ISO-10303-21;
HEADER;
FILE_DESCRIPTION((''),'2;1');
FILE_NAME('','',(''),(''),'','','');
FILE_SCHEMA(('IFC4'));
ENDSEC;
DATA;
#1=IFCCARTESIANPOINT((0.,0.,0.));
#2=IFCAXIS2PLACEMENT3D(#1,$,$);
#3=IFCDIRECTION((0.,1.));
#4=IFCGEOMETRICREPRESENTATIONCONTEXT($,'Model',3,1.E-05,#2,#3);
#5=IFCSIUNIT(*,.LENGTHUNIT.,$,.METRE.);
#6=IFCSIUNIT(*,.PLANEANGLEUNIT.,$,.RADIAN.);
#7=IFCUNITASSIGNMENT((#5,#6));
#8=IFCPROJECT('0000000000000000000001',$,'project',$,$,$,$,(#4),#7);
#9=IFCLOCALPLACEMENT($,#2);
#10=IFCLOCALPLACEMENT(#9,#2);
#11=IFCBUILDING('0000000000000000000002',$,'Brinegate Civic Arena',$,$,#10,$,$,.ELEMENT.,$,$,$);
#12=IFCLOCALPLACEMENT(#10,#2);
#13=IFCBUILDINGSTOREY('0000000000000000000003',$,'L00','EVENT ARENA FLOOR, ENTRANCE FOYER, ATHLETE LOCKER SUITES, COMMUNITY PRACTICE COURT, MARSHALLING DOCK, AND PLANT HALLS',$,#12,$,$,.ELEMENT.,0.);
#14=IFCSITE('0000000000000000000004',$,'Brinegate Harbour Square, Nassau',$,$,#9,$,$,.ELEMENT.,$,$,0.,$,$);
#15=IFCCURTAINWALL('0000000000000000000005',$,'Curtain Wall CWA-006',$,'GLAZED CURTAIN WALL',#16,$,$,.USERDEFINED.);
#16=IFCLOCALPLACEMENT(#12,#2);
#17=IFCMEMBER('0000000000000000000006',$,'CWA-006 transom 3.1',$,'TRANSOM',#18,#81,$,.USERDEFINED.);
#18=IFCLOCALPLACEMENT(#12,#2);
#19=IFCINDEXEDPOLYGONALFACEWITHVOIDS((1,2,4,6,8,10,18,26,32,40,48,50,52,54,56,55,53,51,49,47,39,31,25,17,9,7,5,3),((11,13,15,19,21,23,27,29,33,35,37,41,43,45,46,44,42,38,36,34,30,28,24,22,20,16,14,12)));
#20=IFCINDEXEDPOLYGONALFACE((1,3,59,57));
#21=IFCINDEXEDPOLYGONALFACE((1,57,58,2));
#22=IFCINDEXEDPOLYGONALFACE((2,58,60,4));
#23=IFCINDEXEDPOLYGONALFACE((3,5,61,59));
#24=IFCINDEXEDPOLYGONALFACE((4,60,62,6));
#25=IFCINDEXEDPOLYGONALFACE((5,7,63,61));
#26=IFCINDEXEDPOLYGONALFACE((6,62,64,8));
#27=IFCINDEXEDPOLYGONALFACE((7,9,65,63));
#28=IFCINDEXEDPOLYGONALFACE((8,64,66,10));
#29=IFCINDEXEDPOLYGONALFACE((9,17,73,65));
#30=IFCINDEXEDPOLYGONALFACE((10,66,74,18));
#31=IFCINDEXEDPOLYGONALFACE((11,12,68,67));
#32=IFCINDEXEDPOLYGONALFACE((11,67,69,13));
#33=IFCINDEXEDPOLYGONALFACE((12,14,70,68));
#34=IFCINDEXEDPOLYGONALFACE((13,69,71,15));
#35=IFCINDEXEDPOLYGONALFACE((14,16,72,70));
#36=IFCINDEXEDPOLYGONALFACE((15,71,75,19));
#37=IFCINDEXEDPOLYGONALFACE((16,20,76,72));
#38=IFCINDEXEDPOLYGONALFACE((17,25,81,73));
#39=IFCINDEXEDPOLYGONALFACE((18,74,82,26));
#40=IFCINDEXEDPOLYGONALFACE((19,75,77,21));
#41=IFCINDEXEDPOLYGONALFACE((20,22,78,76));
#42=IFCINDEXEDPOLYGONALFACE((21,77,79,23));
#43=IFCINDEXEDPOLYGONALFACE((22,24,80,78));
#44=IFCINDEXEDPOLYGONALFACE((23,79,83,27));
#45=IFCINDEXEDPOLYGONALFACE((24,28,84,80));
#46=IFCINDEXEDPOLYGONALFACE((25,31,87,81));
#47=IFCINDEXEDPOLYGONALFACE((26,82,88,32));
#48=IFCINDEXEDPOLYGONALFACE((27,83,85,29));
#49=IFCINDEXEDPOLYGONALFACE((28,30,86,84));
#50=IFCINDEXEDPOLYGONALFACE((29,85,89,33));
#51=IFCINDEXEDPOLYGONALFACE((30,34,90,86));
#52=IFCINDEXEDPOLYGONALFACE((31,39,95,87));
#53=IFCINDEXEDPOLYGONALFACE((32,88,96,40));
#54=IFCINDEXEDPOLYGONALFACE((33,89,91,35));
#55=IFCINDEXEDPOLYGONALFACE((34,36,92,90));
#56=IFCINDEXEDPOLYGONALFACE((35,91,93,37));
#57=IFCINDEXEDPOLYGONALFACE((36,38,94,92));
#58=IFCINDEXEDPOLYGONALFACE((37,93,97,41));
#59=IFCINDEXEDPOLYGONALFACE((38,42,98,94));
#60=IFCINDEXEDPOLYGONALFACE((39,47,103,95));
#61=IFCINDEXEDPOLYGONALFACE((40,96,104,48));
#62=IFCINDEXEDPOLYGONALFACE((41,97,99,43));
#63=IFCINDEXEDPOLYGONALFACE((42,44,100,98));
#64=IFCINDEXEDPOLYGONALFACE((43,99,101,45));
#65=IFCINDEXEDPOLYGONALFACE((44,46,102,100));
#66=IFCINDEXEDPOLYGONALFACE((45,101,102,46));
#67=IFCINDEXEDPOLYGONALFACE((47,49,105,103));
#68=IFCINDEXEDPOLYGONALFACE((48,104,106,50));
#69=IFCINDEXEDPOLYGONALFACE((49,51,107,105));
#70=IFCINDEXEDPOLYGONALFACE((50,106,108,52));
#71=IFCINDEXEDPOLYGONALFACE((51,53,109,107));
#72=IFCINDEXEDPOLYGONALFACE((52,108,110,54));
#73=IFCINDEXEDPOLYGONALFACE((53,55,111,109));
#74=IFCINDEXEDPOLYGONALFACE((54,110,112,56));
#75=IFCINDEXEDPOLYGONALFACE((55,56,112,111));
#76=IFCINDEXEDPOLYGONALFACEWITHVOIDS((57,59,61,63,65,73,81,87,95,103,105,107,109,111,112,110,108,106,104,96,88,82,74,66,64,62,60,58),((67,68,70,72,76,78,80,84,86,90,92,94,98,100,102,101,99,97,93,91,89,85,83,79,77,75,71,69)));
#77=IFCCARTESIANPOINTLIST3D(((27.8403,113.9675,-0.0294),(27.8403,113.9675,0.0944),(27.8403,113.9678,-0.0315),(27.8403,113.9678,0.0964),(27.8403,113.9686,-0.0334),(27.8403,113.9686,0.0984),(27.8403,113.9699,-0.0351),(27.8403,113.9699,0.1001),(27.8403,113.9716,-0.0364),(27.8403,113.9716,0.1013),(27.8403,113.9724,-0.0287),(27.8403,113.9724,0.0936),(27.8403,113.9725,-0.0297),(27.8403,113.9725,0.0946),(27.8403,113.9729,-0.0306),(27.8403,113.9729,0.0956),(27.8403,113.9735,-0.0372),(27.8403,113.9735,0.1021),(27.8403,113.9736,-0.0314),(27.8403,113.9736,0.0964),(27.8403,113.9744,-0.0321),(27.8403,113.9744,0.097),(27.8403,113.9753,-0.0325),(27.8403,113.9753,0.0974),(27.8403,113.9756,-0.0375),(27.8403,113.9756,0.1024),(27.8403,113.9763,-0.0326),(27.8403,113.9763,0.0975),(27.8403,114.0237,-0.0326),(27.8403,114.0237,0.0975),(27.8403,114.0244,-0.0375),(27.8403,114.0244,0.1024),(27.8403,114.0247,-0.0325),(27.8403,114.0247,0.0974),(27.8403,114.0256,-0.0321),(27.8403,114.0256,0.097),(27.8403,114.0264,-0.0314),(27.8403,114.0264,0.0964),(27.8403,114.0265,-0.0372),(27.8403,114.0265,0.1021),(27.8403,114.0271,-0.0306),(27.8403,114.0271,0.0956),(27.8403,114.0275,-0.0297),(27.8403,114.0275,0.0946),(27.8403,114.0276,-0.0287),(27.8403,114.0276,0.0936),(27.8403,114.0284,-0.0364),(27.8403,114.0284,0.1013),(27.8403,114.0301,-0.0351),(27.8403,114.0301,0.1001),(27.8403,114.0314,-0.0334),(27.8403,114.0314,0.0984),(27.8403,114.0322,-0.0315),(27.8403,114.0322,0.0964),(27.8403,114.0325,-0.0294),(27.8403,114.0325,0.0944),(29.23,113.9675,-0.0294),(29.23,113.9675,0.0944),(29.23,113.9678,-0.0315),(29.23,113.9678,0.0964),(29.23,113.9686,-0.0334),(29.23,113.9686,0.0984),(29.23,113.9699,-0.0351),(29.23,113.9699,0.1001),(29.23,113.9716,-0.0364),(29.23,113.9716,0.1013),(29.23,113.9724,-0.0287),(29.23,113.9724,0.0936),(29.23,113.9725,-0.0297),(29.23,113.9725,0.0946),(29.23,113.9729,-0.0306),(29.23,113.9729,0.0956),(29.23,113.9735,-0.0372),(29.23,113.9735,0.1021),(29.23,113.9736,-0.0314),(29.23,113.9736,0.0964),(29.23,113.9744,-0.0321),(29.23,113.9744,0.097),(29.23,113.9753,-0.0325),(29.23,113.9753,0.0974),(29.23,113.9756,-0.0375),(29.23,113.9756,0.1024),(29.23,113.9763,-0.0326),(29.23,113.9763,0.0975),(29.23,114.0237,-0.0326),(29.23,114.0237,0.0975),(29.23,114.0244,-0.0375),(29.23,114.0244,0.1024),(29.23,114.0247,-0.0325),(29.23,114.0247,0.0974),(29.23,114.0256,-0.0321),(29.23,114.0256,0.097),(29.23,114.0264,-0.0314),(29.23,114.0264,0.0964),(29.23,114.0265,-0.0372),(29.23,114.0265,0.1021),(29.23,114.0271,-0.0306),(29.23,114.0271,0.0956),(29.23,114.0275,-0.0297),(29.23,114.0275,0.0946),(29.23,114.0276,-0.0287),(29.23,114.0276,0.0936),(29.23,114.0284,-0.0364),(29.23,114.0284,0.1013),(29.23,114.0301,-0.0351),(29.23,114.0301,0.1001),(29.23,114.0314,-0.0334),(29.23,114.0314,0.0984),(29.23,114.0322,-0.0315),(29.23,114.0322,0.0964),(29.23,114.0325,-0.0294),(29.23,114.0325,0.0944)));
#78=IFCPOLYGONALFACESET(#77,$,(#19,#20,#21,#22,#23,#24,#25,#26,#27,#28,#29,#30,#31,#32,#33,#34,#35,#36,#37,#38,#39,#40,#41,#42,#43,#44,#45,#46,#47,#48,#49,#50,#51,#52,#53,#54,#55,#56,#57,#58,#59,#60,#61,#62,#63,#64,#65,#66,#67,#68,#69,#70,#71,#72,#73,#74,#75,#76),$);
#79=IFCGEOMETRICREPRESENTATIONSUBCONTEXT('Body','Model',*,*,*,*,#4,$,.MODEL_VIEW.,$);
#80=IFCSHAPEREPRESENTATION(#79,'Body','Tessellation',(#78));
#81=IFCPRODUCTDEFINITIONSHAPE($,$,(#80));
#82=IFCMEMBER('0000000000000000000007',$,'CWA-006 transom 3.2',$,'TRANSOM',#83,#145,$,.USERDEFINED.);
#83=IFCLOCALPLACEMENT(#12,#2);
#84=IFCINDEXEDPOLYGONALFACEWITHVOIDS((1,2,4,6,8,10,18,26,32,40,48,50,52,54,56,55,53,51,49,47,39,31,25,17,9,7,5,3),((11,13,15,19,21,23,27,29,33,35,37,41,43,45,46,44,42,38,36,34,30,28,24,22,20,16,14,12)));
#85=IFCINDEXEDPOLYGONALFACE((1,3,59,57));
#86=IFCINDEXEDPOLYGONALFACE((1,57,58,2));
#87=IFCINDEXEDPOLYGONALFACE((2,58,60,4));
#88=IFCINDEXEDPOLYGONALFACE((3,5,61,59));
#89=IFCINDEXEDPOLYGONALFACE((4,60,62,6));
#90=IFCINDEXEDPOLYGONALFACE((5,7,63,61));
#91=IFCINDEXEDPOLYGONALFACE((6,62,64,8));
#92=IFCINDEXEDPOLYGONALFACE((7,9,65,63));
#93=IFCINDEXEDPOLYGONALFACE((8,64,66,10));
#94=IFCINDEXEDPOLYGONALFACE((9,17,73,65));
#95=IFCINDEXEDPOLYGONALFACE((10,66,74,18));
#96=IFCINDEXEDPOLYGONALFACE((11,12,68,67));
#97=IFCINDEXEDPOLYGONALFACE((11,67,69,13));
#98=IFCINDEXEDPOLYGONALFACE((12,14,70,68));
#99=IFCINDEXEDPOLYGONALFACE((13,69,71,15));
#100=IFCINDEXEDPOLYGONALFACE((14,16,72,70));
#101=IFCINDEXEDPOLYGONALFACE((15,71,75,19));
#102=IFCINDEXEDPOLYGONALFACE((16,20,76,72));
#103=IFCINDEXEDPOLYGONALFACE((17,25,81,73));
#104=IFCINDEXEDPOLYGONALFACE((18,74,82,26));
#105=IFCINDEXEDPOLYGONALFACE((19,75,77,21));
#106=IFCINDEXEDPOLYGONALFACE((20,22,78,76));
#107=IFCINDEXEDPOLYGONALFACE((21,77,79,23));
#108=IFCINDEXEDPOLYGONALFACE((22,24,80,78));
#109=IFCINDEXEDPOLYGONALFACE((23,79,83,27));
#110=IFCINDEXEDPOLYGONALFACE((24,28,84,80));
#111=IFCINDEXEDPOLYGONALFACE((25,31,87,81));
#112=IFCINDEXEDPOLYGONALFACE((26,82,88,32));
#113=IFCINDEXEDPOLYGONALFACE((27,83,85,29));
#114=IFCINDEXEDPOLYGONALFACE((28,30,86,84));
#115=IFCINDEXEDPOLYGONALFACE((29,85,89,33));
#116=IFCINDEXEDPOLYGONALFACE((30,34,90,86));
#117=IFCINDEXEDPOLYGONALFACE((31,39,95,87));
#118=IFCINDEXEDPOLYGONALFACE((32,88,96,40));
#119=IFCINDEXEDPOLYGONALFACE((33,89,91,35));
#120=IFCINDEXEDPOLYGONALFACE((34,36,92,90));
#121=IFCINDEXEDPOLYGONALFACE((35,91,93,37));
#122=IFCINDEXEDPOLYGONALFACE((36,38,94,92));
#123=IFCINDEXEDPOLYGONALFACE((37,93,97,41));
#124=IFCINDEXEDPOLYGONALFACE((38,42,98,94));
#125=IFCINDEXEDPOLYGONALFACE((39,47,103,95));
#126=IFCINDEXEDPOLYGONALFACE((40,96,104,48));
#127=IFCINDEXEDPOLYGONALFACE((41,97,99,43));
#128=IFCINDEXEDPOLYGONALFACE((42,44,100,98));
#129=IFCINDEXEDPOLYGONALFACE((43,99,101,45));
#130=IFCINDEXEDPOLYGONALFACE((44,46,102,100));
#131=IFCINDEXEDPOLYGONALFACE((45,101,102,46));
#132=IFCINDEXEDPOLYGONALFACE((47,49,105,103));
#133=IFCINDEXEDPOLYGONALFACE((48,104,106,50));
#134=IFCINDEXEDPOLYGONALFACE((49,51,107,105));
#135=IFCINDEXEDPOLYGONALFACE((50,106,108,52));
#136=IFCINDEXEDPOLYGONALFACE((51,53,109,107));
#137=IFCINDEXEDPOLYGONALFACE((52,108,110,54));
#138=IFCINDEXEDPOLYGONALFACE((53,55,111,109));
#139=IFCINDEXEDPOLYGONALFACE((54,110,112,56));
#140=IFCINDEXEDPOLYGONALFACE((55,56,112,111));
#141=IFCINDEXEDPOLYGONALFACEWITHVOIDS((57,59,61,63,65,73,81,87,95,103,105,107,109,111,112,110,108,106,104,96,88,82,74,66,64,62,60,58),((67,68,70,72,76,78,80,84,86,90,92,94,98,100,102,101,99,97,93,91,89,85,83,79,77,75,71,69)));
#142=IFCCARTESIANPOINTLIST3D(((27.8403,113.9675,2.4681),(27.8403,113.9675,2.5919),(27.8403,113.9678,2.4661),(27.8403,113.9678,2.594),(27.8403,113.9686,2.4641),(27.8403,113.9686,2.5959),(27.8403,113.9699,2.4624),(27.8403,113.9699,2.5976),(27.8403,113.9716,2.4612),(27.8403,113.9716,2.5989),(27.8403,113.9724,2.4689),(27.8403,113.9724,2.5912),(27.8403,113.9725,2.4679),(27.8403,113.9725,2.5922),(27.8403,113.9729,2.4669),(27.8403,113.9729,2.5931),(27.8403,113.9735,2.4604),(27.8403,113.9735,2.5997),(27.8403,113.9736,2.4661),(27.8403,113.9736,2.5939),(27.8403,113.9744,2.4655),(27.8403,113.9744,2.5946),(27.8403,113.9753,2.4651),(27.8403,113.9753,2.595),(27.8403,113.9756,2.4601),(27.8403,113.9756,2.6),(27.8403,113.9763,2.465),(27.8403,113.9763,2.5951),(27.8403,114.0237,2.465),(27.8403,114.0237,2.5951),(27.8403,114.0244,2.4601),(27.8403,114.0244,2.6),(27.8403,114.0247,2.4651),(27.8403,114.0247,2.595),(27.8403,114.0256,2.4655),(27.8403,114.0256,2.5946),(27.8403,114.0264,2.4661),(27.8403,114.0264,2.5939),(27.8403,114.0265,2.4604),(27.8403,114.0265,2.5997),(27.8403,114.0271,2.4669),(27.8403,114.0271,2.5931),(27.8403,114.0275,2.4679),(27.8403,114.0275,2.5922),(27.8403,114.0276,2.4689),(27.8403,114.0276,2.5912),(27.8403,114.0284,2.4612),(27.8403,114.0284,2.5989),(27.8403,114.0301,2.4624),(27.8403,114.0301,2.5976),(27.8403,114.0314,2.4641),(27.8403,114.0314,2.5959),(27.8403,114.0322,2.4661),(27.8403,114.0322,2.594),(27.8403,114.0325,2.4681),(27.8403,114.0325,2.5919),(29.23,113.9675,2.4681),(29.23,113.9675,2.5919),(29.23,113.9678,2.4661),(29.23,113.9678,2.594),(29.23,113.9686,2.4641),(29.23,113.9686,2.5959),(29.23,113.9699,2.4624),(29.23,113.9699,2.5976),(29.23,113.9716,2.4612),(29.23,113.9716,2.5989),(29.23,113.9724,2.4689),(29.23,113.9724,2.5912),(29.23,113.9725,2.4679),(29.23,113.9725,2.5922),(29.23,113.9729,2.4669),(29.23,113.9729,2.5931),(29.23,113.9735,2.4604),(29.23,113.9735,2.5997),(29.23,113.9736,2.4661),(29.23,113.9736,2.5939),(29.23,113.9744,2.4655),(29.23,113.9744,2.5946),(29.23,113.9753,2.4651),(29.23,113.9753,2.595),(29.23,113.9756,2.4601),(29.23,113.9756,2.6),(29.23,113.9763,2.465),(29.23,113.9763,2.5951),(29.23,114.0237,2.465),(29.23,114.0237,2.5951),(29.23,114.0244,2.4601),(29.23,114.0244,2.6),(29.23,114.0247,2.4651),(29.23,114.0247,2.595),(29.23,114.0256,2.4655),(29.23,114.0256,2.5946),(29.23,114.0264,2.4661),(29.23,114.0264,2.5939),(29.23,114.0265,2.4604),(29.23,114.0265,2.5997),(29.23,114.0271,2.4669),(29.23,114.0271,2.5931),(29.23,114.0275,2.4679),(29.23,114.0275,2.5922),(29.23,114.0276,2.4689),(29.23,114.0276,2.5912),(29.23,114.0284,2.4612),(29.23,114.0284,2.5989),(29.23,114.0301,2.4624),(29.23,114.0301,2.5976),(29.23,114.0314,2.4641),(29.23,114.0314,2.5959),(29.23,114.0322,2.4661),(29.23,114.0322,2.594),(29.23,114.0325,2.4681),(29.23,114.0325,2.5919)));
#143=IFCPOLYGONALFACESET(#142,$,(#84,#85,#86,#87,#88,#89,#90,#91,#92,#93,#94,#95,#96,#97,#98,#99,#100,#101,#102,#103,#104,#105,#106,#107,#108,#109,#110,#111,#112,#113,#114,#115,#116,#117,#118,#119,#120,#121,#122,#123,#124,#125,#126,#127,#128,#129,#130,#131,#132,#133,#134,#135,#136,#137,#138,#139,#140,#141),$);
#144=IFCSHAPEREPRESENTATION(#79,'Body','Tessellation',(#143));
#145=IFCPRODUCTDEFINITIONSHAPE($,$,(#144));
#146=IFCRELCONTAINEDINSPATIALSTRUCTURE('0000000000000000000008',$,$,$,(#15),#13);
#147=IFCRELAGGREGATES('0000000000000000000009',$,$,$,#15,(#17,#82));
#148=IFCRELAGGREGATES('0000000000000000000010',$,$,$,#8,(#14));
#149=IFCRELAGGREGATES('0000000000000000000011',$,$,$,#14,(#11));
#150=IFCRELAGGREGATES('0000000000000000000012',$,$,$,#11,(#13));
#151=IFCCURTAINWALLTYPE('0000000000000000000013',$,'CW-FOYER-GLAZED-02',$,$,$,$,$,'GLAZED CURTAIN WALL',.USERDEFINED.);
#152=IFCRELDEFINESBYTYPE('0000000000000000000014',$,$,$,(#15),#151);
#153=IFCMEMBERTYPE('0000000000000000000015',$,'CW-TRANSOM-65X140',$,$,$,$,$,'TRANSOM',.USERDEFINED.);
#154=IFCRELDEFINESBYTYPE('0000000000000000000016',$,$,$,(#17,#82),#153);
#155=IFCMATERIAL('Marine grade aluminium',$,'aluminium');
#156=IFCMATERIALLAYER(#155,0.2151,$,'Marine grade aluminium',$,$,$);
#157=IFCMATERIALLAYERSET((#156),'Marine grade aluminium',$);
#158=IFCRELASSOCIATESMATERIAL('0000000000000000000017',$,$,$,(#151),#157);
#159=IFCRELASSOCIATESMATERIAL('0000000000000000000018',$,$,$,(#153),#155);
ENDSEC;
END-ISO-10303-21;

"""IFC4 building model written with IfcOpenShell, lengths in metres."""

from ifc_helpers import new_model, si_unit, direction, frame, origin, origin_2d, place, context, subcontext, project, spatial, hollow_rectangle, extrude, material, layer, layer_set, material_profile, profile_set, type_object, element, aggregate, save


model = new_model("IFC4")

# Units and contexts
model_context = context("Model", 3, precision=1e-05, world=origin(), true_north=direction((0.0, 1.0)))
body_context = subcontext(model_context, "Body", "Model", "MODEL_VIEW")
ifc_project = project(units=[si_unit("LENGTHUNIT", "METRE"), si_unit("PLANEANGLEUNIT", "RADIAN")], contexts=[model_context])

# Site, building, storey
site_placement = place(None, origin())
site = spatial("IfcSite", under=ifc_project, at=site_placement, Name="Brinegate Harbour Square, Nassau", CompositionType="ELEMENT", RefElevation=0.0)
building_placement = place(site_placement, origin())
building = spatial("IfcBuilding", under=site, at=building_placement, Name="Brinegate Civic Arena", CompositionType="ELEMENT")
storey_placement = place(building_placement, origin())
storey = spatial("IfcBuildingStorey", under=building, at=storey_placement, Name="L00", Description="EVENT ARENA FLOOR, ENTRANCE FOYER, ATHLETE LOCKER SUITES, COMMUNITY PRACTICE COURT, MARSHALLING DOCK, AND PLANT HALLS", CompositionType="ELEMENT", Elevation=0.0)

# Curtain wall, members
ifc_material_1 = material(Name="Marine grade aluminium", Category="aluminium")
ifc_layer_1 = layer(ifc_material_1, 0.2151, Name="Marine grade aluminium")
ifc_layer_set_1 = layer_set([ifc_layer_1], Name="Marine grade aluminium")
curtain_wall_type = type_object("IfcCurtainWallType", Name="CW-FOYER-GLAZED-02", ElementType="GLAZED CURTAIN WALL", PredefinedType="USERDEFINED", material=ifc_layer_set_1)
curtain_wall_placement = place(storey_placement, origin())
curtain_wall = element("IfcCurtainWall", 1, at=curtain_wall_placement, inside=storey, type_object=curtain_wall_type, Name="Curtain Wall CWA-006", ObjectType="GLAZED CURTAIN WALL", PredefinedType="USERDEFINED")
ifc_material_profile_1 = material_profile(ifc_material_1, hollow_rectangle(XDim=0.0649, YDim=0.1399, WallThickness=0.0049, InnerFilletRadius=0.0039, OuterFilletRadius=0.0081, at=origin_2d()), Name="TRN65X140")
ifc_profile_set_1 = profile_set([ifc_material_profile_1], Name="Marine grade aluminium")
member_type_1 = type_object("IfcMemberType", Name="CW-TRANSOM-65X140", ElementType="TRANSOM", PredefinedType="USERDEFINED", material=ifc_profile_set_1)
member_1_placement = place(storey_placement, frame((27.8403, 114.0, 0.0325), z_axis=(1.0, 0.0, 0.0), x_axis=(0.0, 1.0, 0.0)))
member_1 = element("IfcMember", 2, at=member_1_placement, type_object=member_type_1, Name="CWA-006 transom 3.1", ObjectType="TRANSOM", PredefinedType="USERDEFINED", context=body_context, shape_type="SweptSolid", body=[
    extrude(hollow_rectangle(XDim=0.0649, YDim=0.1399, WallThickness=0.0049, InnerFilletRadius=0.0039, OuterFilletRadius=0.0081, at=origin_2d()), origin(), (0.0, 0.0, 1.0), 1.3896),
])
member_2_placement = place(storey_placement, frame((27.8403, 114.0, 2.53), z_axis=(1.0, 0.0, 0.0), x_axis=(0.0, 1.0, 0.0)))
member_2 = element("IfcMember", 3, at=member_2_placement, type_object=member_type_1, Name="CWA-006 transom 3.2", ObjectType="TRANSOM", PredefinedType="USERDEFINED", context=body_context, shape_type="SweptSolid", body=[
    extrude(hollow_rectangle(XDim=0.0649, YDim=0.1399, WallThickness=0.0049, InnerFilletRadius=0.0039, OuterFilletRadius=0.0081, at=origin_2d()), origin(), (0.0, 0.0, 1.0), 1.3896),
])
aggregate(curtain_wall, [member_1, member_2])

save(model, "model.ifc")
